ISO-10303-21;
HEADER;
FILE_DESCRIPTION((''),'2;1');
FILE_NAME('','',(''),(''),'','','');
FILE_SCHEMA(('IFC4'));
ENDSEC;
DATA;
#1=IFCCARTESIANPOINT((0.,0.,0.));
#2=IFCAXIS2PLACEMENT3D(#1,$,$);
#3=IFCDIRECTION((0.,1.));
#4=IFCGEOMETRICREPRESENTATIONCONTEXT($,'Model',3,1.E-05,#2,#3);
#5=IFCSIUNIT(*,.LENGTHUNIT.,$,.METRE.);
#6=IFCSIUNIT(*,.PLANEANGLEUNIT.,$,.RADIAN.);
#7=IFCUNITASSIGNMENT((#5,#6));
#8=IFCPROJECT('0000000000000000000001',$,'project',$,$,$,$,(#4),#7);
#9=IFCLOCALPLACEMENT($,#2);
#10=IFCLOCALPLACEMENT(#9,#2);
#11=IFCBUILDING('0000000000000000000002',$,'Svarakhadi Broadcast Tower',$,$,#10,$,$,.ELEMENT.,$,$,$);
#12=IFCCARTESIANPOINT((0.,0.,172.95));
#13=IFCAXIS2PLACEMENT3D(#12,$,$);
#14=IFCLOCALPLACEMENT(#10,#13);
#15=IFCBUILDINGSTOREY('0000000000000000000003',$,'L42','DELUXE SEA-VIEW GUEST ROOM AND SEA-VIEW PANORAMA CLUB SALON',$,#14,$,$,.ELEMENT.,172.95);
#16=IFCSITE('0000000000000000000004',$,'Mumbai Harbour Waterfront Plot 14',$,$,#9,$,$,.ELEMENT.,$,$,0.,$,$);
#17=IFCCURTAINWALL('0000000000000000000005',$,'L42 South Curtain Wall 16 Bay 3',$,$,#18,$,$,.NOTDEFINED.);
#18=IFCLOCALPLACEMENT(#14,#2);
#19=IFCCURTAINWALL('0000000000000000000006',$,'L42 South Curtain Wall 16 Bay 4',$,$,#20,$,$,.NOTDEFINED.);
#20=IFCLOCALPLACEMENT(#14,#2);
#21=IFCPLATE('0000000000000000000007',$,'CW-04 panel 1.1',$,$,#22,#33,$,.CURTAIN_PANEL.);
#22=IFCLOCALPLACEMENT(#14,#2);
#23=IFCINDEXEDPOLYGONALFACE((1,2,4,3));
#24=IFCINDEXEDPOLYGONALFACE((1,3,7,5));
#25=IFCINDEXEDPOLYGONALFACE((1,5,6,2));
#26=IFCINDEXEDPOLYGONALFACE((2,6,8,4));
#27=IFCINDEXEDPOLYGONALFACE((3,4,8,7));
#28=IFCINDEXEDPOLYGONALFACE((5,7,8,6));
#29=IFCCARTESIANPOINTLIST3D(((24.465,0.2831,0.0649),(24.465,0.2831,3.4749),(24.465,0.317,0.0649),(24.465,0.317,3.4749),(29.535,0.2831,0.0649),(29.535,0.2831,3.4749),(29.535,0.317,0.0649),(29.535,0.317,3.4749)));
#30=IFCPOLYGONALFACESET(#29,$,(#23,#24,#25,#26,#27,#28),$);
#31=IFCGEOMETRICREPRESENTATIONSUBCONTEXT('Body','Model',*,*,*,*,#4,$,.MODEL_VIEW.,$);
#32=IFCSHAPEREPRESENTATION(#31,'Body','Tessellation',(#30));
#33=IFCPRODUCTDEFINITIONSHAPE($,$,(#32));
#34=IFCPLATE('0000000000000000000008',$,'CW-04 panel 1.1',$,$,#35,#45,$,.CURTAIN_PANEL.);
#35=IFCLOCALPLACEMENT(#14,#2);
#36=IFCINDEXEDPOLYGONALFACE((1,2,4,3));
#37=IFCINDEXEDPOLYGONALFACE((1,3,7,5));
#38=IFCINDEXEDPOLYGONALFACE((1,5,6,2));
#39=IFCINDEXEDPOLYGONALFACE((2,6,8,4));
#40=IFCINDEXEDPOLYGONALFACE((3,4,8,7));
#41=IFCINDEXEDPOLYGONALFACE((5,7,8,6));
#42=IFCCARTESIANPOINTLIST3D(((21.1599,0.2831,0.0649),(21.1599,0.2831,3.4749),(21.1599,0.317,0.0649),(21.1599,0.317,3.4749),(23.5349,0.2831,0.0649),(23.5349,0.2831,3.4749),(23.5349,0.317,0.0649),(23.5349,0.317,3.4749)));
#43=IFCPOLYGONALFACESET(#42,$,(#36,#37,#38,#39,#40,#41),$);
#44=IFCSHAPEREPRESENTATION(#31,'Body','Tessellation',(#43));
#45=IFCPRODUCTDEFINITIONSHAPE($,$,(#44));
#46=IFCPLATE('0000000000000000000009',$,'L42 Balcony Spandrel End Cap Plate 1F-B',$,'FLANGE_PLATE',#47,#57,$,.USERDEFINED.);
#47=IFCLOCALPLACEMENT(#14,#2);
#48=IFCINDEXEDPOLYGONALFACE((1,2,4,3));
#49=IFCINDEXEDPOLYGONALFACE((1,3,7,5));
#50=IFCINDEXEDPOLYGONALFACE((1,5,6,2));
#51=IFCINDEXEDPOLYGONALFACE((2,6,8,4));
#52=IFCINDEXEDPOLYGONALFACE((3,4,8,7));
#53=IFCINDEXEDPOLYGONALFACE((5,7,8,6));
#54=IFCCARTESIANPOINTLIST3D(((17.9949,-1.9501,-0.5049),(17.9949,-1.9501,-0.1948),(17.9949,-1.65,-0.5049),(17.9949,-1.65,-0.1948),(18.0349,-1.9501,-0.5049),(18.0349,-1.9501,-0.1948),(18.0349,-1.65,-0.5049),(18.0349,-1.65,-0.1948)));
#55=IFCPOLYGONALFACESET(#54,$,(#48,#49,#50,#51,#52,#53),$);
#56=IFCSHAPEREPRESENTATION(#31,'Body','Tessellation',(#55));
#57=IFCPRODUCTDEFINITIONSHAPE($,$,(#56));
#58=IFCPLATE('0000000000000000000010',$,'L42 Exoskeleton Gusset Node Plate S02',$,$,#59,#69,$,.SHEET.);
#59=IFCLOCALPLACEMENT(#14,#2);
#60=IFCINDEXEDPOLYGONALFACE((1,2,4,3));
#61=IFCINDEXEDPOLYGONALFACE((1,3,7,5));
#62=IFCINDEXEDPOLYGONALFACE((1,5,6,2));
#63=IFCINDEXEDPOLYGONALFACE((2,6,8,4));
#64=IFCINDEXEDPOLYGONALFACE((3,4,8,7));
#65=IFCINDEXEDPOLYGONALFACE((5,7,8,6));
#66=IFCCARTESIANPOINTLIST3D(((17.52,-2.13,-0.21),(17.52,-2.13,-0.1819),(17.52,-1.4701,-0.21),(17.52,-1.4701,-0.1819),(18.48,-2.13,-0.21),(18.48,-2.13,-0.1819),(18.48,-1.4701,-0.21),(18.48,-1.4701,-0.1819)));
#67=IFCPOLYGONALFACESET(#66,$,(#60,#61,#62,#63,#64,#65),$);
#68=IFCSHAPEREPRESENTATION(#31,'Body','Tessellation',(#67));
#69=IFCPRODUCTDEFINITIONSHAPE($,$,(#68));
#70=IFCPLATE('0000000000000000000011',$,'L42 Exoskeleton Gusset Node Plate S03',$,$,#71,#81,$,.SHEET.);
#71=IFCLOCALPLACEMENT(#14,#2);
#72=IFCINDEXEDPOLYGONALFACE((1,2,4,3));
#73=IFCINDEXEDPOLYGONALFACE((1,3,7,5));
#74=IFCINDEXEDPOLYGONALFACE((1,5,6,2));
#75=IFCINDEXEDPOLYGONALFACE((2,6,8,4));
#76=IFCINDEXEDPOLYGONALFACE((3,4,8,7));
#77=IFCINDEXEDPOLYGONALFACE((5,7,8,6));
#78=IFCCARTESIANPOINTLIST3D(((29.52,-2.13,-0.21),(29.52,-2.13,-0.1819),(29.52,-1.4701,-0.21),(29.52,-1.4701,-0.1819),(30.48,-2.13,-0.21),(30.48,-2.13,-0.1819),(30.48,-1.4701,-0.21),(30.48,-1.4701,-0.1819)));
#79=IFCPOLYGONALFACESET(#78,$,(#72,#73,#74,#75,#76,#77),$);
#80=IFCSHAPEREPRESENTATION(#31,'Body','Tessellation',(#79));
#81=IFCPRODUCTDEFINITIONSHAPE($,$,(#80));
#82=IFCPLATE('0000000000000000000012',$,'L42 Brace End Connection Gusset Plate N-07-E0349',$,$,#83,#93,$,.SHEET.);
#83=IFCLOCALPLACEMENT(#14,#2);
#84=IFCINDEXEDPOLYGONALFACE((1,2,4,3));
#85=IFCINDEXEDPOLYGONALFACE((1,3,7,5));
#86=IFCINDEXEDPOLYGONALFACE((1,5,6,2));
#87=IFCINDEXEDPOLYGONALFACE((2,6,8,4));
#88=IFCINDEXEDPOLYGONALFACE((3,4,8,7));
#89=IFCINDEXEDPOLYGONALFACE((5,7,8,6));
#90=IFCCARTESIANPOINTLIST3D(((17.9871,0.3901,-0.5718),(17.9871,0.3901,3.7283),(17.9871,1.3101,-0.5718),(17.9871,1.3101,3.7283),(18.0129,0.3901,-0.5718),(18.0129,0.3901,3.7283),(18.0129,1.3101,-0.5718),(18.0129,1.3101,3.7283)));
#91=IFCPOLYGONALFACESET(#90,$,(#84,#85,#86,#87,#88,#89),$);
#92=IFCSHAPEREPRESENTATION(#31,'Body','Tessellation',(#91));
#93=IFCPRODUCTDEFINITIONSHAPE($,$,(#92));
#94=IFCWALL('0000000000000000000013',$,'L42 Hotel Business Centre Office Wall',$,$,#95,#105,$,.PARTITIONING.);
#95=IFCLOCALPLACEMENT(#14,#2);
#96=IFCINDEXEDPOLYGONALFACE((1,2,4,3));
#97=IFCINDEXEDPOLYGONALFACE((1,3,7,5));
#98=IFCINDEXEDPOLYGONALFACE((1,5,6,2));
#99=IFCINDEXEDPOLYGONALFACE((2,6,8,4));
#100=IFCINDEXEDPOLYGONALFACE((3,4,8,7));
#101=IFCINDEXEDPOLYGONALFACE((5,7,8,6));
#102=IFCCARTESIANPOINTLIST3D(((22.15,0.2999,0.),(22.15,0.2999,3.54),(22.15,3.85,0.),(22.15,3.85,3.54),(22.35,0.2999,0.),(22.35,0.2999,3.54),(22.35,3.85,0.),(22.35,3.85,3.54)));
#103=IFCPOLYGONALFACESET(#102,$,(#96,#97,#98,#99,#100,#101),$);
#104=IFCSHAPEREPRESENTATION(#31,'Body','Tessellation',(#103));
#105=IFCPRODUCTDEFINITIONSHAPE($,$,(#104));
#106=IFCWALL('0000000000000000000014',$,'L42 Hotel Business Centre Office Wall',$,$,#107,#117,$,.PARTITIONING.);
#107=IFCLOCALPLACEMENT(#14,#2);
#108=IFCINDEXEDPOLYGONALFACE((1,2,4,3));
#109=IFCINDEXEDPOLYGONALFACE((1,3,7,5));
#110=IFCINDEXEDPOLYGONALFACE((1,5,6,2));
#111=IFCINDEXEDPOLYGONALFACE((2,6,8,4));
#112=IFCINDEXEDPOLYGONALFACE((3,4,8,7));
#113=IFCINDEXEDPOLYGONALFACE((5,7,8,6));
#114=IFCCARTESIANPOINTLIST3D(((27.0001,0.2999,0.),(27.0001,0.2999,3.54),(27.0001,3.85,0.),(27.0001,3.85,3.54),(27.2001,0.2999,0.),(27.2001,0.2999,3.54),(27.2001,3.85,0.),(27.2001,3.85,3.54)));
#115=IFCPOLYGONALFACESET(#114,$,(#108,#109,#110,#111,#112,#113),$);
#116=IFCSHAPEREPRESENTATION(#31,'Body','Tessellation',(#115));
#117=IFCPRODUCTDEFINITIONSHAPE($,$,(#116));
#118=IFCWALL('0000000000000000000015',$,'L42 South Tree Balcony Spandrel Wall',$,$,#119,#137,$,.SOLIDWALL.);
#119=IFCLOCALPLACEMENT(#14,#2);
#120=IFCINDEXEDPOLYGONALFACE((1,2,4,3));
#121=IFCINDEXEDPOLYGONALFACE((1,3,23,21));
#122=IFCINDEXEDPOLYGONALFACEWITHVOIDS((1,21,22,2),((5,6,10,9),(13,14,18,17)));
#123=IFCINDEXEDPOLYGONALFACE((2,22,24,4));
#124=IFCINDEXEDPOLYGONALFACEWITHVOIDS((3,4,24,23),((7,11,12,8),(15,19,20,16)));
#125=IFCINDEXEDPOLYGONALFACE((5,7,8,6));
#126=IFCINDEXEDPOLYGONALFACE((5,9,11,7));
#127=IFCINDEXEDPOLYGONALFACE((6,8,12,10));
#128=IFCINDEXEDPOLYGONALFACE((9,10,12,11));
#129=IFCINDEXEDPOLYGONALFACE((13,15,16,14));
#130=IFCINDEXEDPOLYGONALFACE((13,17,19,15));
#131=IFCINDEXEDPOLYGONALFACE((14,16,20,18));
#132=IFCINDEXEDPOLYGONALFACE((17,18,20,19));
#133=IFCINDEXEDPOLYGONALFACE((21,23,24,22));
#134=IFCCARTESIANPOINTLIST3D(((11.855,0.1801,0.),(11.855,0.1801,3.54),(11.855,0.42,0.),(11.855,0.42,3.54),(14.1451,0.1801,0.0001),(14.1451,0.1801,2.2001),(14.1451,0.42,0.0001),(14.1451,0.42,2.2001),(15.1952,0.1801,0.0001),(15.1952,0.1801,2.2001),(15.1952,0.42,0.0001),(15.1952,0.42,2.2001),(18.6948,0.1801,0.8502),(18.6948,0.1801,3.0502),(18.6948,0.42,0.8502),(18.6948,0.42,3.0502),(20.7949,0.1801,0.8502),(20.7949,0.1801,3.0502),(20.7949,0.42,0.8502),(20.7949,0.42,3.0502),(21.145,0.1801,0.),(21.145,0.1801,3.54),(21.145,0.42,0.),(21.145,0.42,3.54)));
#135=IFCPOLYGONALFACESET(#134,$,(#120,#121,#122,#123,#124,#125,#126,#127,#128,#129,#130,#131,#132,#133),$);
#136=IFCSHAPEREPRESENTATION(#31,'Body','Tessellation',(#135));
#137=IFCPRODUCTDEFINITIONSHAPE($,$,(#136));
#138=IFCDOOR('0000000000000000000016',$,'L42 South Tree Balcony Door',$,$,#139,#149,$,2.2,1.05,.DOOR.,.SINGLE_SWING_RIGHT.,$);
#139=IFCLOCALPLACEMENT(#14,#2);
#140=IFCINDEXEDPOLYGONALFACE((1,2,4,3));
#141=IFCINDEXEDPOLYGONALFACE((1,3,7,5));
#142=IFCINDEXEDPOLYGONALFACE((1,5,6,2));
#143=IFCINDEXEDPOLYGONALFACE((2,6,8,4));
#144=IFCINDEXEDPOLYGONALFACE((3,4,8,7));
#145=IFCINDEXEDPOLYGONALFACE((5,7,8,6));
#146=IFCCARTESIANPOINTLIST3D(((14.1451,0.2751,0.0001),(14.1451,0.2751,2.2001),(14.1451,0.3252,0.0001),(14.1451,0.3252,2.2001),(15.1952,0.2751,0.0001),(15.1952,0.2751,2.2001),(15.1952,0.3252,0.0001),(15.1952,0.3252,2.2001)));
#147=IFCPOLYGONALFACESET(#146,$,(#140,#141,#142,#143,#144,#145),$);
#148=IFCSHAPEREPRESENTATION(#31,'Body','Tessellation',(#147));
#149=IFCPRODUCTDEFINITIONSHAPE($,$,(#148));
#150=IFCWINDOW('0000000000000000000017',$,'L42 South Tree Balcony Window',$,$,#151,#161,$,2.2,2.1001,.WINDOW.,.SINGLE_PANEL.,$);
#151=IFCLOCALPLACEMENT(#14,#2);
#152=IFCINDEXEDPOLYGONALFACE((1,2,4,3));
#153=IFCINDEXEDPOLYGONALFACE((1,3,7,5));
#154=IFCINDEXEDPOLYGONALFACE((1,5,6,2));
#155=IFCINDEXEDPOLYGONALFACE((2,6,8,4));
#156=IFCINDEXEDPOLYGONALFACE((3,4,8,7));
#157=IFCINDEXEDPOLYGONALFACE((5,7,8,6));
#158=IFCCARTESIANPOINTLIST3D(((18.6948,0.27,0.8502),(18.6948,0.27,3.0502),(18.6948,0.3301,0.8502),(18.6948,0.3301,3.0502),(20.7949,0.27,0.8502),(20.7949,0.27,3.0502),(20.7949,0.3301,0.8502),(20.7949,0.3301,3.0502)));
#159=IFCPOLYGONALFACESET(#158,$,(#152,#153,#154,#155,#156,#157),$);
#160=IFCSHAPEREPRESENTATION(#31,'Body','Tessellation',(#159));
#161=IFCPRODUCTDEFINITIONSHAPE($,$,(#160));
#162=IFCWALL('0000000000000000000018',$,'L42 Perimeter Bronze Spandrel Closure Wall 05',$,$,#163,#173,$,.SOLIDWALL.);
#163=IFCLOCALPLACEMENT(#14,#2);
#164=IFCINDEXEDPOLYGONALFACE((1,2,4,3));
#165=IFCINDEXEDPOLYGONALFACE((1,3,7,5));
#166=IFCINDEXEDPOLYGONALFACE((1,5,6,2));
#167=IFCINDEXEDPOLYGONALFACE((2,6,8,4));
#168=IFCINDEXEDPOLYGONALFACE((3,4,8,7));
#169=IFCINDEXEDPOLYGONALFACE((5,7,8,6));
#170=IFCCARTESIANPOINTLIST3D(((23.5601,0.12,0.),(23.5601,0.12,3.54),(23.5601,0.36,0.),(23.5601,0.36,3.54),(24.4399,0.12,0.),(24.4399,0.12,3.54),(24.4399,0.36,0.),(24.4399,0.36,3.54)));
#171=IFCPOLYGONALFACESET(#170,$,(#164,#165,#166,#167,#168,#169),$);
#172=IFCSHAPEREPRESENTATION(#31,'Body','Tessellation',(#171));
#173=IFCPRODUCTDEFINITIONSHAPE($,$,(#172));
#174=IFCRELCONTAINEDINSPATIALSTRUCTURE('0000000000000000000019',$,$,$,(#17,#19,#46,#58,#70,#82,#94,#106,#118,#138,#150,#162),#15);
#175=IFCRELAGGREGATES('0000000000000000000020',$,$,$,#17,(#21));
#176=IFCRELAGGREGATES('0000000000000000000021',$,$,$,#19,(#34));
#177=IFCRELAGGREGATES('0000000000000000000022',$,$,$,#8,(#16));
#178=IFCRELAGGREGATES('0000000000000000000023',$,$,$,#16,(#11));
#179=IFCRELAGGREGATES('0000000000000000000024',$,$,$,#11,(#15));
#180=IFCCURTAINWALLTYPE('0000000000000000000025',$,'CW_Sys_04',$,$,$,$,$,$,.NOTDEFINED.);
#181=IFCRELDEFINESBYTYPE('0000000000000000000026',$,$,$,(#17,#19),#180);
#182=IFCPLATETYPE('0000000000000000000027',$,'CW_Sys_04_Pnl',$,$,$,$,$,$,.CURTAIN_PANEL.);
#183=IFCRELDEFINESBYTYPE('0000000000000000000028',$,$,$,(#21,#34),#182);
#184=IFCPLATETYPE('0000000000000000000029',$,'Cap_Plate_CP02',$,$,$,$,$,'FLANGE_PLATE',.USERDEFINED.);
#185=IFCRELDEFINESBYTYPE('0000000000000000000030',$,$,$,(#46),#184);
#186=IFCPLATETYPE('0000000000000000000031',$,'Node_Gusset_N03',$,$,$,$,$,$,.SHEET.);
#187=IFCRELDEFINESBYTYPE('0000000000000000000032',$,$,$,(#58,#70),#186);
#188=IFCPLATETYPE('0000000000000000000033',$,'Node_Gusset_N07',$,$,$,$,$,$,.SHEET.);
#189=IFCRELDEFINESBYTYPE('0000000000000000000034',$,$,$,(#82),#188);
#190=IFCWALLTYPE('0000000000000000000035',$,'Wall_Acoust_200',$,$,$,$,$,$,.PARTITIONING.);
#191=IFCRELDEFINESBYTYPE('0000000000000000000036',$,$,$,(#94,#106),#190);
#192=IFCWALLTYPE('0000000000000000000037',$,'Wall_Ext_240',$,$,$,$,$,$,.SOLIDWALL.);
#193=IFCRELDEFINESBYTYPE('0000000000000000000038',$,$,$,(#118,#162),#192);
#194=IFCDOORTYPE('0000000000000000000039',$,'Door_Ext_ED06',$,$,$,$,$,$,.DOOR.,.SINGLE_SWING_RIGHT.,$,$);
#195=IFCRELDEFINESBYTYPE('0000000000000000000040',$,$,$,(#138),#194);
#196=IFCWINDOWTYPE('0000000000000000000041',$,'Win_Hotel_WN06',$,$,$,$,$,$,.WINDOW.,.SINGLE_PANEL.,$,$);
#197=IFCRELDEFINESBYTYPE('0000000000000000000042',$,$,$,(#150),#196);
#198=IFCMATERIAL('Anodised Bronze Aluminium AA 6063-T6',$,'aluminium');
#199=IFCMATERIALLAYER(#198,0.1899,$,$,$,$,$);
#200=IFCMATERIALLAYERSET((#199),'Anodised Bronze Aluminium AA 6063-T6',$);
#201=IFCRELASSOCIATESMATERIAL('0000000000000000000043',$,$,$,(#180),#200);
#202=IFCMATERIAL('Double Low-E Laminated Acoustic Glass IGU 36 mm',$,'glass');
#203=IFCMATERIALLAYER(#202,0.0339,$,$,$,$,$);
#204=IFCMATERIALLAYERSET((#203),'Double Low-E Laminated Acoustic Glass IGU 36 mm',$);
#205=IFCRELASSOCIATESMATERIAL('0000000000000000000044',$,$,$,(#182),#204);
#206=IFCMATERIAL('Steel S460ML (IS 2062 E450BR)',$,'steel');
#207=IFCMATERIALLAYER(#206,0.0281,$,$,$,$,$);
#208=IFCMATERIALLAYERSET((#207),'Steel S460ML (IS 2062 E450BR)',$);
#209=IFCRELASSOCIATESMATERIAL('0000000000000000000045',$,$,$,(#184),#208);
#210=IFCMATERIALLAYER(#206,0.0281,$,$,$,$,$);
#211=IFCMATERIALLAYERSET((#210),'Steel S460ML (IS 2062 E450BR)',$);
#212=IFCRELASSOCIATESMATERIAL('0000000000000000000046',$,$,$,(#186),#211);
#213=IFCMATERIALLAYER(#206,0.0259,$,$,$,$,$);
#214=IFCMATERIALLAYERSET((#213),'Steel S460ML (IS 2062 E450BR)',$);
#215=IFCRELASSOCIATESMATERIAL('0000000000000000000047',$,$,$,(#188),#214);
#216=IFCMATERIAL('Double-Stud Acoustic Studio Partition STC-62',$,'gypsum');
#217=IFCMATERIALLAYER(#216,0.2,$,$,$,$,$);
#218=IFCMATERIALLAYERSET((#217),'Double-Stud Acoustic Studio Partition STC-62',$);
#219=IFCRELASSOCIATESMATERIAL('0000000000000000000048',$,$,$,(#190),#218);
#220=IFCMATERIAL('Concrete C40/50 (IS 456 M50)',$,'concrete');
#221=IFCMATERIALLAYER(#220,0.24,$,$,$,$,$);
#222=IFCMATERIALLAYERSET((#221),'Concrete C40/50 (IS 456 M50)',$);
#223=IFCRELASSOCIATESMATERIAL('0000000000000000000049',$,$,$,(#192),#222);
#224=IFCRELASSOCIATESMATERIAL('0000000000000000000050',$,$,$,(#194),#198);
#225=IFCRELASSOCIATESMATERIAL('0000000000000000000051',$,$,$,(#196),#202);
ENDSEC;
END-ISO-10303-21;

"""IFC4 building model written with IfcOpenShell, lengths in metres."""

from ifc_helpers import new_model, si_unit, direction, frame, frame_2d, origin, origin_2d, place, context, subcontext, project, spatial, rectangle, extrude, material, layer, layer_set, type_object, element, fill, aggregate, save


model = new_model("IFC4")

# Units and contexts
model_context = context("Model", 3, precision=1e-05, world=origin(), true_north=direction((0.0, 1.0)))
body_context = subcontext(model_context, "Body", "Model", "MODEL_VIEW")
ifc_project = project(units=[si_unit("LENGTHUNIT", "METRE"), si_unit("PLANEANGLEUNIT", "RADIAN")], contexts=[model_context])

# Site, building, storey
site_placement = place(None, origin())
site = spatial("IfcSite", under=ifc_project, at=site_placement, Name="Mumbai Harbour Waterfront Plot 14", CompositionType="ELEMENT", RefElevation=0.0)
building_placement = place(site_placement, origin())
building = spatial("IfcBuilding", under=site, at=building_placement, Name="Svarakhadi Broadcast Tower", CompositionType="ELEMENT")
storey_placement = place(building_placement, frame((0.0, 0.0, 172.95)))
storey = spatial("IfcBuildingStorey", under=building, at=storey_placement, Name="L42", Description="DELUXE SEA-VIEW GUEST ROOM AND SEA-VIEW PANORAMA CLUB SALON", CompositionType="ELEMENT", Elevation=172.95)

# Curtain walls
ifc_material_1 = material(Name="Anodised Bronze Aluminium AA 6063-T6", Category="aluminium")
ifc_layer_1 = layer(ifc_material_1, 0.1899)
ifc_layer_set_1 = layer_set([ifc_layer_1], Name="Anodised Bronze Aluminium AA 6063-T6")
curtain_wall_type = type_object("IfcCurtainWallType", Name="CW_Sys_04", PredefinedType="NOTDEFINED", material=ifc_layer_set_1)
curtain_wall_1_placement = place(storey_placement, origin())
curtain_wall_1 = element("IfcCurtainWall", 1, at=curtain_wall_1_placement, inside=storey, type_object=curtain_wall_type, Name="L42 South Curtain Wall 16 Bay 3", PredefinedType="NOTDEFINED")
curtain_wall_2_placement = place(storey_placement, origin())
curtain_wall_2 = element("IfcCurtainWall", 2, at=curtain_wall_2_placement, inside=storey, type_object=curtain_wall_type, Name="L42 South Curtain Wall 16 Bay 4", PredefinedType="NOTDEFINED")

# Shared definitions
ifc_material_2 = material(Name="Steel S460ML (IS 2062 E450BR)", Category="steel")

# Plates
ifc_material_3 = material(Name="Double Low-E Laminated Acoustic Glass IGU 36 mm", Category="glass")
ifc_layer_2 = layer(ifc_material_3, 0.0339)
ifc_layer_set_2 = layer_set([ifc_layer_2], Name="Double Low-E Laminated Acoustic Glass IGU 36 mm")
plate_type_1 = type_object("IfcPlateType", Name="CW_Sys_04_Pnl", PredefinedType="CURTAIN_PANEL", material=ifc_layer_set_2)
plate_1_placement = place(storey_placement, frame((27.0, 0.3, 0.0649), z_axis=(0.0, 0.0, 1.0), x_axis=(-1.0, 0.0, 0.0)))
plate_1 = element("IfcPlate", 3, at=plate_1_placement, type_object=plate_type_1, Name="CW-04 panel 1.1", PredefinedType="CURTAIN_PANEL", context=body_context, shape_type="SweptSolid", body=[
    extrude(rectangle(XDim=5.0701, YDim=0.0339, at=origin_2d()), origin(), (0.0, 0.0, 1.0), 3.4099),
])
aggregate(curtain_wall_1, [plate_1])
plate_2_placement = place(storey_placement, frame((22.3474, 0.3, 0.0649), z_axis=(0.0, 0.0, 1.0), x_axis=(-1.0, 0.0, 0.0)))
plate_2 = element("IfcPlate", 4, at=plate_2_placement, type_object=plate_type_1, Name="CW-04 panel 1.1", PredefinedType="CURTAIN_PANEL", context=body_context, shape_type="SweptSolid", body=[
    extrude(rectangle(XDim=2.375, YDim=0.0339, at=origin_2d()), origin(), (0.0, 0.0, 1.0), 3.4099),
])
aggregate(curtain_wall_2, [plate_2])

# Plates
ifc_layer_3 = layer(ifc_material_2, 0.0281)
ifc_layer_set_3 = layer_set([ifc_layer_3], Name="Steel S460ML (IS 2062 E450BR)")
plate_type_2 = type_object("IfcPlateType", Name="Cap_Plate_CP02", ElementType="FLANGE_PLATE", PredefinedType="USERDEFINED", material=ifc_layer_set_3)
plate_3_placement = place(storey_placement, frame((18.0149, -1.8, -0.5049), z_axis=(0.0, 0.0, 1.0), x_axis=(1.0, 0.0, 0.0)))
element("IfcPlate", 5, at=plate_3_placement, inside=storey, type_object=plate_type_2, Name="L42 Balcony Spandrel End Cap Plate 1F-B", ObjectType="FLANGE_PLATE", PredefinedType="USERDEFINED", context=body_context, shape_type="SweptSolid", body=[
    extrude(rectangle(XDim=0.04, YDim=0.3, at=origin_2d()), origin(), (0.0, 0.0, 1.0), 0.3101),
])
ifc_layer_4 = layer(ifc_material_2, 0.0281)
ifc_layer_set_4 = layer_set([ifc_layer_4], Name="Steel S460ML (IS 2062 E450BR)")
plate_type_3 = type_object("IfcPlateType", Name="Node_Gusset_N03", PredefinedType="SHEET", material=ifc_layer_set_4)
for number, where, z_axis, x_axis, name in (
    (6, (18.0, -1.8, -0.21), (0.0, 0.0, 1.0), (1.0, 0.0, 0.0), "L42 Exoskeleton Gusset Node Plate S02"),
    (7, (30.0, -1.8, -0.21), (0.0, 0.0, 1.0), (1.0, 0.0, 0.0), "L42 Exoskeleton Gusset Node Plate S03"),
):
    element("IfcPlate", number, at=place(storey_placement, frame(where, z_axis=z_axis, x_axis=x_axis)), inside=storey, type_object=plate_type_3, Name=name, PredefinedType="SHEET", context=body_context, shape_type="SweptSolid", body=[
        extrude(rectangle(XDim=0.96, YDim=0.6599, at=origin_2d()), origin(), (0.0, 0.0, 1.0), 0.0281),
    ])
ifc_layer_5 = layer(ifc_material_2, 0.0259)
ifc_layer_set_5 = layer_set([ifc_layer_5], Name="Steel S460ML (IS 2062 E450BR)")
plate_type_4 = type_object("IfcPlateType", Name="Node_Gusset_N07", PredefinedType="SHEET", material=ifc_layer_set_5)
plate_4_placement = place(storey_placement, frame((18.0, 0.8501, -0.5718), z_axis=(0.0, 0.0, 1.0), x_axis=(0.0, 1.0, 0.0)))
element("IfcPlate", 8, at=plate_4_placement, inside=storey, type_object=plate_type_4, Name="L42 Brace End Connection Gusset Plate N-07-E0349", PredefinedType="SHEET", context=body_context, shape_type="SweptSolid", body=[
    extrude(rectangle(XDim=0.9199, YDim=0.0259, at=origin_2d()), origin(), (0.0, 0.0, 1.0), 4.3),
])

# Walls
ifc_material_4 = material(Name="Double-Stud Acoustic Studio Partition STC-62", Category="gypsum")
ifc_layer_6 = layer(ifc_material_4, 0.2)
ifc_layer_set_6 = layer_set([ifc_layer_6], Name="Double-Stud Acoustic Studio Partition STC-62")
wall_type_1 = type_object("IfcWallType", Name="Wall_Acoust_200", PredefinedType="PARTITIONING", material=ifc_layer_set_6)
for number, where, z_axis, x_axis, name in (
    (9, (22.25, 0.3, 0.0), (0.0, 0.0, 1.0), (0.0, 1.0, 0.0), "L42 Hotel Business Centre Office Wall"),
    (10, (27.1001, 0.3, 0.0), (0.0, 0.0, 1.0), (0.0, 1.0, 0.0), "L42 Hotel Business Centre Office Wall"),
):
    element("IfcWall", number, at=place(storey_placement, frame(where, z_axis=z_axis, x_axis=x_axis)), inside=storey, type_object=wall_type_1, Name=name, PredefinedType="PARTITIONING", context=body_context, shape_type="SweptSolid", body=[
        extrude(rectangle(XDim=3.55, YDim=0.2, at=frame_2d((1.7749, 0.0))), origin(), (0.0, 0.0, 1.0), 3.54),
    ])

# Wall, openings, door, window
ifc_material_5 = material(Name="Concrete C40/50 (IS 456 M50)", Category="concrete")
ifc_layer_7 = layer(ifc_material_5, 0.24)
ifc_layer_set_7 = layer_set([ifc_layer_7], Name="Concrete C40/50 (IS 456 M50)")
wall_type_2 = type_object("IfcWallType", Name="Wall_Ext_240", PredefinedType="SOLIDWALL", material=ifc_layer_set_7)
wall_1_placement = place(storey_placement, frame((21.145, 0.3, 0.0), z_axis=(0.0, 0.0, 1.0), x_axis=(-1.0, 0.0, 0.0)))
wall_1 = element("IfcWall", 11, at=wall_1_placement, inside=storey, type_object=wall_type_2, Name="L42 South Tree Balcony Spandrel Wall", PredefinedType="SOLIDWALL", context=body_context, shape_type="SweptSolid", body=[
    extrude(rectangle(XDim=9.29, YDim=0.24, at=frame_2d((4.645, 0.0))), origin(), (0.0, 0.0, 1.0), 3.54),
])
opening_1_placement = place(wall_1_placement, frame((5.95, 0.0, 0.0)))
opening_1 = element("IfcOpeningElement", 12, at=opening_1_placement, cuts=wall_1, PredefinedType="OPENING", context=body_context, shape_type="SweptSolid", body=[
    extrude(rectangle(XDim=1.05, YDim=2.2, at=frame_2d((0.5249, 1.1001))), frame((0.0, 0.1299, 0.0), z_axis=(0.0, -1.0, 0.0), x_axis=(1.0, 0.0, 0.0)), (0.0, 0.0, 1.0), 0.26),
])
opening_2_placement = place(wall_1_placement, frame((0.3501, 0.0, 0.8501)))
opening_2 = element("IfcOpeningElement", 13, at=opening_2_placement, cuts=wall_1, PredefinedType="OPENING", context=body_context, shape_type="SweptSolid", body=[
    extrude(rectangle(XDim=2.1001, YDim=2.2, at=frame_2d((1.05, 1.1001))), frame((0.0, 0.1299, 0.0), z_axis=(0.0, -1.0, 0.0), x_axis=(1.0, 0.0, 0.0)), (0.0, 0.0, 1.0), 0.26),
])
door_type = type_object("IfcDoorType", Name="Door_Ext_ED06", OperationType="SINGLE_SWING_RIGHT", PredefinedType="DOOR", material=ifc_material_1)
door_placement = place(opening_1_placement, origin())
door = element("IfcDoor", 14, at=door_placement, inside=storey, type_object=door_type, Name="L42 South Tree Balcony Door", OperationType="SINGLE_SWING_RIGHT", OverallHeight=2.2, OverallWidth=1.05, PredefinedType="DOOR", context=body_context, shape_type="SweptSolid", body=[
    extrude(rectangle(XDim=1.05, YDim=2.2, at=frame_2d((0.5249, 1.1001))), frame((0.0, 0.0249, 0.0), z_axis=(0.0, -1.0, 0.0), x_axis=(1.0, 0.0, 0.0)), (0.0, 0.0, 1.0), 0.05),
])
fill(opening_1, door)
window_type = type_object("IfcWindowType", Name="Win_Hotel_WN06", PartitioningType="SINGLE_PANEL", PredefinedType="WINDOW", material=ifc_material_3)
window_placement = place(opening_2_placement, origin())
window = element("IfcWindow", 15, at=window_placement, inside=storey, type_object=window_type, Name="L42 South Tree Balcony Window", OverallHeight=2.2, OverallWidth=2.1001, PartitioningType="SINGLE_PANEL", PredefinedType="WINDOW", context=body_context, shape_type="SweptSolid", body=[
    extrude(rectangle(XDim=2.1001, YDim=2.2, at=frame_2d((1.05, 1.1001))), frame((0.0, 0.03, 0.0), z_axis=(0.0, -1.0, 0.0), x_axis=(1.0, 0.0, 0.0)), (0.0, 0.0, 1.0), 0.0601),
])
fill(opening_2, window)

# Wall
wall_2_placement = place(storey_placement, frame((24.4399, 0.24, 0.0), z_axis=(0.0, 0.0, 1.0), x_axis=(-1.0, 0.0, 0.0)))
element("IfcWall", 16, at=wall_2_placement, inside=storey, type_object=wall_type_2, Name="L42 Perimeter Bronze Spandrel Closure Wall 05", PredefinedType="SOLIDWALL", context=body_context, shape_type="SweptSolid", body=[
    extrude(rectangle(XDim=0.8799, YDim=0.24, at=frame_2d((0.4399, 0.0))), origin(), (0.0, 0.0, 1.0), 3.54),
])

save(model, "model.ifc")
